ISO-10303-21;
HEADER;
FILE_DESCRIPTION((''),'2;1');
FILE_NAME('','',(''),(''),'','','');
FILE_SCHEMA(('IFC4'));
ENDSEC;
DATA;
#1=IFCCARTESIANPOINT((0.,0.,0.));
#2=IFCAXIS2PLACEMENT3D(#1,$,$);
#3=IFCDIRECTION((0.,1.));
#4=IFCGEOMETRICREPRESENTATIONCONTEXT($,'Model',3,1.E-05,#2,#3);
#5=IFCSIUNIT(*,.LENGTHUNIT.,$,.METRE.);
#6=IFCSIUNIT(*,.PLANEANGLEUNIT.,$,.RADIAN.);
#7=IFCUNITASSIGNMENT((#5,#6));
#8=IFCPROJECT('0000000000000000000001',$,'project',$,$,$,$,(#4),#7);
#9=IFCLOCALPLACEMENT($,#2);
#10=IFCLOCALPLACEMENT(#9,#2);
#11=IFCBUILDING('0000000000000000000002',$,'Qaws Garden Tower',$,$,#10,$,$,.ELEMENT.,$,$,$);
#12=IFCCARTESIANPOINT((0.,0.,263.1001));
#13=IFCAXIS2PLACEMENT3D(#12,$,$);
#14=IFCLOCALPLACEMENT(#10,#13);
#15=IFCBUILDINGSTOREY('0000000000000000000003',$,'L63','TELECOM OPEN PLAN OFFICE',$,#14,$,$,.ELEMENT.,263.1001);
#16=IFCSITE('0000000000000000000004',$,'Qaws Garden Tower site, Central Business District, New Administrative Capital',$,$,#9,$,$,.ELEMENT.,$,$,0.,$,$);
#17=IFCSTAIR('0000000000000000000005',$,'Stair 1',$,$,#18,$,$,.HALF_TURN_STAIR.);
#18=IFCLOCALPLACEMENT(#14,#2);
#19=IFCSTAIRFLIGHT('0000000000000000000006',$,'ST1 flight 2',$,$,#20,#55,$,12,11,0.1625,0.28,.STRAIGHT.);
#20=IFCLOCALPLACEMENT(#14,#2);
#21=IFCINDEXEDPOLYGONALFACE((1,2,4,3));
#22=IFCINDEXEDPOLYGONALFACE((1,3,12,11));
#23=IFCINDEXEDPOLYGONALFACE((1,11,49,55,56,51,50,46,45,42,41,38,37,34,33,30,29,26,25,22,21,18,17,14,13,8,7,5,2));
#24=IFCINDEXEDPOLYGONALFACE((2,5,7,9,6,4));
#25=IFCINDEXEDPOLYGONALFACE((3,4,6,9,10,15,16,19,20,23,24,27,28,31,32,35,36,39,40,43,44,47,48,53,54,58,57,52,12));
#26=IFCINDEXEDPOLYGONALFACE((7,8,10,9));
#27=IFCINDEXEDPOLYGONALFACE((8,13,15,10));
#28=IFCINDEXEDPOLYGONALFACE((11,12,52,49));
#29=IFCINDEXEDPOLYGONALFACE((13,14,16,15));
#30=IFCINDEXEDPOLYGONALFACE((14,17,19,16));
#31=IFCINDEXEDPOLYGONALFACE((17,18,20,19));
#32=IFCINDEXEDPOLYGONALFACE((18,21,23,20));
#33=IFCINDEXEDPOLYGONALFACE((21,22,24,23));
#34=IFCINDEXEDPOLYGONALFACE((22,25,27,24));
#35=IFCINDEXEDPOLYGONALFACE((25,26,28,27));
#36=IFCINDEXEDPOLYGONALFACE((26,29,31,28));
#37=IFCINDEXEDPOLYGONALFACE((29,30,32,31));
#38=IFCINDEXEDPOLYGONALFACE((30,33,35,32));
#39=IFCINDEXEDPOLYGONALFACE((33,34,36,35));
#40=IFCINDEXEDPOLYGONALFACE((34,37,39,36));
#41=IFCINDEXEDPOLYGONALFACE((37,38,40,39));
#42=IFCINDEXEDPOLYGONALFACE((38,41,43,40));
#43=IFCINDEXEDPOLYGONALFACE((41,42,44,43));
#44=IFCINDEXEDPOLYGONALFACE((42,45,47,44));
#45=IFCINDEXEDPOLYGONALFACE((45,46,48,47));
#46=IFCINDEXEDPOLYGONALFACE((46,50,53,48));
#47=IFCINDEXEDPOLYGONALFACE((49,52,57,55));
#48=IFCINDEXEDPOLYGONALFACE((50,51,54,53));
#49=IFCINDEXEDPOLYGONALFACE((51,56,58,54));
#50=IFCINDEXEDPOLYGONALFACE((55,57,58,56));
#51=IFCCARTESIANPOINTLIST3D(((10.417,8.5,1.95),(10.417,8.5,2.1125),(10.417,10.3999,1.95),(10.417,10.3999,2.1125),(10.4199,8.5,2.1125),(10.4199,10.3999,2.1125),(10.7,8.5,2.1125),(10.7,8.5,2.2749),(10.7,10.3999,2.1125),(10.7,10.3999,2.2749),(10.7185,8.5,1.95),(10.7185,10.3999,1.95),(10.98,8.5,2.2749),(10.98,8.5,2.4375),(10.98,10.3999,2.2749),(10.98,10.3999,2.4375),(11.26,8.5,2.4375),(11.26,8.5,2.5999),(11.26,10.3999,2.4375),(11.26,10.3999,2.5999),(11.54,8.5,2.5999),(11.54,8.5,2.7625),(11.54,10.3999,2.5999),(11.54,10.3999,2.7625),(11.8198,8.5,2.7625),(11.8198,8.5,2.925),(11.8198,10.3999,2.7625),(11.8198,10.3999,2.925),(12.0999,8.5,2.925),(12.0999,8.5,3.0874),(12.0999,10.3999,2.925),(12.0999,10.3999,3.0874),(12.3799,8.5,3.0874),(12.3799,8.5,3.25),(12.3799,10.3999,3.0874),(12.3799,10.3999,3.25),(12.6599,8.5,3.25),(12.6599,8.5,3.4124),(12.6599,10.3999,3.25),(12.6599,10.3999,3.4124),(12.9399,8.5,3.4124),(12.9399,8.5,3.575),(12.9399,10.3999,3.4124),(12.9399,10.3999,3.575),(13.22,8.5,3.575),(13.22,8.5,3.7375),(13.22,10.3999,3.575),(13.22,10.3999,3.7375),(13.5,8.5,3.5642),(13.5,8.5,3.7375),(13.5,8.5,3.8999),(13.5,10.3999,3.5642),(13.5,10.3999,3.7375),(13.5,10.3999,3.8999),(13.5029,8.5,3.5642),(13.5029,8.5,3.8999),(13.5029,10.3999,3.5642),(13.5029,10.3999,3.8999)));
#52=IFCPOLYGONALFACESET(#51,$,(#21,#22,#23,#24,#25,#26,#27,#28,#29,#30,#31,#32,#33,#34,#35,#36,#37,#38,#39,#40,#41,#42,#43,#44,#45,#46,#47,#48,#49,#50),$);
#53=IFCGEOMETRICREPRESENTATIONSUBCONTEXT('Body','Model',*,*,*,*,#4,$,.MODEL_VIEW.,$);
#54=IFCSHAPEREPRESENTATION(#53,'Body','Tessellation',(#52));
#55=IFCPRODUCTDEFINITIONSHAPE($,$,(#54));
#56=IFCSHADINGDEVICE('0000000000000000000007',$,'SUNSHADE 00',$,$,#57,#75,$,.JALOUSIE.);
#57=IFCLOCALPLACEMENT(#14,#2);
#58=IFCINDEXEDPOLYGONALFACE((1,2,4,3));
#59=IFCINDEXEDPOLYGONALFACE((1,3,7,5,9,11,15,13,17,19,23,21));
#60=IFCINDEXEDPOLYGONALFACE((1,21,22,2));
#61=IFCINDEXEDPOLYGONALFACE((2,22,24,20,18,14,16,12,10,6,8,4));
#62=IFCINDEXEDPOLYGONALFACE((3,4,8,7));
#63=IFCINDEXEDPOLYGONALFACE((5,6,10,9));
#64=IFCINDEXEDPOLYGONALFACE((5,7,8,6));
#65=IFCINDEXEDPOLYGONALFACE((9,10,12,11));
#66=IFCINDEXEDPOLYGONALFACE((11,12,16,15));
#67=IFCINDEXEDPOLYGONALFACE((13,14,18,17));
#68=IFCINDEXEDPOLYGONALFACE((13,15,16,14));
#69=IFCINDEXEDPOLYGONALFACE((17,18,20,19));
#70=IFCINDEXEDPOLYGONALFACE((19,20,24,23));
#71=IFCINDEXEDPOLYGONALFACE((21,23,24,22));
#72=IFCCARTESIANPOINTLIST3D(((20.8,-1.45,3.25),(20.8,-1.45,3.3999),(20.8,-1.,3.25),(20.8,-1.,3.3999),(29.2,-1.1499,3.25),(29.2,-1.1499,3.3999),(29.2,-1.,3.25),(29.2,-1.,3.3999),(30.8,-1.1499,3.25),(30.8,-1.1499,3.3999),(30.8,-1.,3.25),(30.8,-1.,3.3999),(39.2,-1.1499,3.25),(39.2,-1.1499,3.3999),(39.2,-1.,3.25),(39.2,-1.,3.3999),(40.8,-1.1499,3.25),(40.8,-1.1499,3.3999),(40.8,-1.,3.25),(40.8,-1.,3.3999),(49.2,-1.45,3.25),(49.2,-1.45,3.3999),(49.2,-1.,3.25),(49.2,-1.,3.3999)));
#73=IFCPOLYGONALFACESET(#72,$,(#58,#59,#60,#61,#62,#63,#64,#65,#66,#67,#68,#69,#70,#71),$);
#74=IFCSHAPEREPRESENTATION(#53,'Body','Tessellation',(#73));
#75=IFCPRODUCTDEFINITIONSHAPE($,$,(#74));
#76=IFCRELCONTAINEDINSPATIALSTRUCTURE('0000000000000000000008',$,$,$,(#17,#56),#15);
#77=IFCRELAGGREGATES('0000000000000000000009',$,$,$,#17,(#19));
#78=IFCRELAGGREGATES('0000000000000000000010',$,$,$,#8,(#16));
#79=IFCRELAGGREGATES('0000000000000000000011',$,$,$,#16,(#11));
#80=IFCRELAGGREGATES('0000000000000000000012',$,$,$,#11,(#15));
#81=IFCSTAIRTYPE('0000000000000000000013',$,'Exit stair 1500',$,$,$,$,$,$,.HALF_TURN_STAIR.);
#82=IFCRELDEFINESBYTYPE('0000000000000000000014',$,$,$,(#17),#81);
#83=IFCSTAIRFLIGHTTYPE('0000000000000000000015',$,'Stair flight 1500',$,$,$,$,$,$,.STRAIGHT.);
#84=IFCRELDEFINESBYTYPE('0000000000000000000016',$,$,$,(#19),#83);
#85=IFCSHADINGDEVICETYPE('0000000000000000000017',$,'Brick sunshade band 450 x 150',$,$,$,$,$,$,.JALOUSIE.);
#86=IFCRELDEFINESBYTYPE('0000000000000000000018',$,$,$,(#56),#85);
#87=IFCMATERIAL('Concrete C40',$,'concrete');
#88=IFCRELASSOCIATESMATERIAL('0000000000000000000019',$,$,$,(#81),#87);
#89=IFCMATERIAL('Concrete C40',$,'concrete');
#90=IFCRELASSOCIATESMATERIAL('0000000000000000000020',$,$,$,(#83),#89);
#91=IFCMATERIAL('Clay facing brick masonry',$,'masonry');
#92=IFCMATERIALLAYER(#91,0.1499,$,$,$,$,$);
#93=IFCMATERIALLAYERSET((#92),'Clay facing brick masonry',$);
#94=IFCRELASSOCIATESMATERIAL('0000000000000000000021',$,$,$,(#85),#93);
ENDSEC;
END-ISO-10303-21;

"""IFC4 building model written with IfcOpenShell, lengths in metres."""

from ifc_helpers import new_model, si_unit, direction, frame, origin, place, context, subcontext, project, spatial, polyline, outline, extrude, material, layer, layer_set, type_object, element, aggregate, save


model = new_model("IFC4")

# Units and contexts
model_context = context("Model", 3, precision=1e-05, world=origin(), true_north=direction((0.0, 1.0)))
body_context = subcontext(model_context, "Body", "Model", "MODEL_VIEW")
ifc_project = project(units=[si_unit("LENGTHUNIT", "METRE"), si_unit("PLANEANGLEUNIT", "RADIAN")], contexts=[model_context])

# Site, building, storey
site_placement = place(None, origin())
site = spatial("IfcSite", under=ifc_project, at=site_placement, Name="Qaws Garden Tower site, Central Business District, New Administrative Capital", CompositionType="ELEMENT", RefElevation=0.0)
building_placement = place(site_placement, origin())
building = spatial("IfcBuilding", under=site, at=building_placement, Name="Qaws Garden Tower", CompositionType="ELEMENT")
storey_placement = place(building_placement, frame((0.0, 0.0, 263.1001)))
storey = spatial("IfcBuildingStorey", under=building, at=storey_placement, Name="L63", Description="TELECOM OPEN PLAN OFFICE", CompositionType="ELEMENT", Elevation=263.1001)

# Stair
ifc_material_1 = material(Name="Concrete C40", Category="concrete")
stair_type_1 = type_object("IfcStairType", Name="Exit stair 1500", PredefinedType="HALF_TURN_STAIR", material=ifc_material_1)
placement_1 = place(storey_placement, origin())
stair_1 = element("IfcStair", 1, at=placement_1, inside=storey, type_object=stair_type_1, Name="Stair 1", PredefinedType="HALF_TURN_STAIR")

# Stair flight
ifc_material_2 = material(Name="Concrete C40", Category="concrete")
stair_flight_type = type_object("IfcStairFlightType", Name="Stair flight 1500", PredefinedType="STRAIGHT", material=ifc_material_2)
stair_flight_placement = place(storey_placement, frame((10.4199, 9.45, 1.95), z_axis=(0.0, 0.0, 1.0), x_axis=(1.0, 0.0, 0.0)))
stair_flight = element("IfcStairFlight", 2, at=stair_flight_placement, type_object=stair_flight_type, Name="ST1 flight 2", NumberOfRisers=12, NumberOfTreads=11, PredefinedType="STRAIGHT", RiserHeight=0.1625, TreadLength=0.28, context=body_context, shape_type="SweptSolid", body=[
    extrude(outline(polyline([(-0.0029, 0.0), (-0.0029, 0.1626), (0.0, 0.1626), (0.28, 0.1626), (0.28, 0.325), (0.5601, 0.325), (0.5601, 0.4875), (0.8401, 0.4875), (0.8401, 0.6499), (1.1201, 0.6499), (1.1201, 0.8125), (1.3999, 0.8125), (1.3999, 0.9751), (1.6799, 0.9751), (1.6799, 1.1375), (1.96, 1.1375), (1.96, 1.3), (2.24, 1.3), (2.24, 1.4624), (2.52, 1.4624), (2.52, 1.625), (2.8, 1.625), (2.8, 1.7876), (3.0801, 1.7876), (3.0801, 1.95), (3.083, 1.95), (3.083, 1.6143), (3.0801, 1.6143), (0.2986, 0.0), (-0.0029, 0.0)])), frame((0.0, 0.95, 0.0), z_axis=(0.0, -1.0, 0.0), x_axis=(1.0, 0.0, 0.0)), (0.0, 0.0, 1.0), 1.8999),
])
aggregate(stair_1, [stair_flight])

# Shading device
ifc_material_3 = material(Name="Clay facing brick masonry", Category="masonry")
ifc_layer_1 = layer(ifc_material_3, 0.1499)
ifc_layer_set_1 = layer_set([ifc_layer_1], Name="Clay facing brick masonry")
shading_device_type = type_object("IfcShadingDeviceType", Name="Brick sunshade band 450 x 150", PredefinedType="JALOUSIE", material=ifc_layer_set_1)
shading_device_placement = place(storey_placement, frame((0.0, 0.0, 3.25)))
element("IfcShadingDevice", 3, at=shading_device_placement, inside=storey, type_object=shading_device_type, Name="SUNSHADE 00", PredefinedType="JALOUSIE", context=body_context, shape_type="SweptSolid", body=[
    extrude(outline(polyline([(20.8, -1.0), (20.8, -1.45), (49.2, -1.45), (49.2, -1.0), (40.8, -1.0), (40.8, -1.1499), (39.2, -1.1499), (39.2, -1.0), (30.8, -1.0), (30.8, -1.1499), (29.2, -1.1499), (29.2, -1.0), (20.8, -1.0)])), origin(), (0.0, 0.0, 1.0), 0.1499),
])

save(model, "model.ifc")
